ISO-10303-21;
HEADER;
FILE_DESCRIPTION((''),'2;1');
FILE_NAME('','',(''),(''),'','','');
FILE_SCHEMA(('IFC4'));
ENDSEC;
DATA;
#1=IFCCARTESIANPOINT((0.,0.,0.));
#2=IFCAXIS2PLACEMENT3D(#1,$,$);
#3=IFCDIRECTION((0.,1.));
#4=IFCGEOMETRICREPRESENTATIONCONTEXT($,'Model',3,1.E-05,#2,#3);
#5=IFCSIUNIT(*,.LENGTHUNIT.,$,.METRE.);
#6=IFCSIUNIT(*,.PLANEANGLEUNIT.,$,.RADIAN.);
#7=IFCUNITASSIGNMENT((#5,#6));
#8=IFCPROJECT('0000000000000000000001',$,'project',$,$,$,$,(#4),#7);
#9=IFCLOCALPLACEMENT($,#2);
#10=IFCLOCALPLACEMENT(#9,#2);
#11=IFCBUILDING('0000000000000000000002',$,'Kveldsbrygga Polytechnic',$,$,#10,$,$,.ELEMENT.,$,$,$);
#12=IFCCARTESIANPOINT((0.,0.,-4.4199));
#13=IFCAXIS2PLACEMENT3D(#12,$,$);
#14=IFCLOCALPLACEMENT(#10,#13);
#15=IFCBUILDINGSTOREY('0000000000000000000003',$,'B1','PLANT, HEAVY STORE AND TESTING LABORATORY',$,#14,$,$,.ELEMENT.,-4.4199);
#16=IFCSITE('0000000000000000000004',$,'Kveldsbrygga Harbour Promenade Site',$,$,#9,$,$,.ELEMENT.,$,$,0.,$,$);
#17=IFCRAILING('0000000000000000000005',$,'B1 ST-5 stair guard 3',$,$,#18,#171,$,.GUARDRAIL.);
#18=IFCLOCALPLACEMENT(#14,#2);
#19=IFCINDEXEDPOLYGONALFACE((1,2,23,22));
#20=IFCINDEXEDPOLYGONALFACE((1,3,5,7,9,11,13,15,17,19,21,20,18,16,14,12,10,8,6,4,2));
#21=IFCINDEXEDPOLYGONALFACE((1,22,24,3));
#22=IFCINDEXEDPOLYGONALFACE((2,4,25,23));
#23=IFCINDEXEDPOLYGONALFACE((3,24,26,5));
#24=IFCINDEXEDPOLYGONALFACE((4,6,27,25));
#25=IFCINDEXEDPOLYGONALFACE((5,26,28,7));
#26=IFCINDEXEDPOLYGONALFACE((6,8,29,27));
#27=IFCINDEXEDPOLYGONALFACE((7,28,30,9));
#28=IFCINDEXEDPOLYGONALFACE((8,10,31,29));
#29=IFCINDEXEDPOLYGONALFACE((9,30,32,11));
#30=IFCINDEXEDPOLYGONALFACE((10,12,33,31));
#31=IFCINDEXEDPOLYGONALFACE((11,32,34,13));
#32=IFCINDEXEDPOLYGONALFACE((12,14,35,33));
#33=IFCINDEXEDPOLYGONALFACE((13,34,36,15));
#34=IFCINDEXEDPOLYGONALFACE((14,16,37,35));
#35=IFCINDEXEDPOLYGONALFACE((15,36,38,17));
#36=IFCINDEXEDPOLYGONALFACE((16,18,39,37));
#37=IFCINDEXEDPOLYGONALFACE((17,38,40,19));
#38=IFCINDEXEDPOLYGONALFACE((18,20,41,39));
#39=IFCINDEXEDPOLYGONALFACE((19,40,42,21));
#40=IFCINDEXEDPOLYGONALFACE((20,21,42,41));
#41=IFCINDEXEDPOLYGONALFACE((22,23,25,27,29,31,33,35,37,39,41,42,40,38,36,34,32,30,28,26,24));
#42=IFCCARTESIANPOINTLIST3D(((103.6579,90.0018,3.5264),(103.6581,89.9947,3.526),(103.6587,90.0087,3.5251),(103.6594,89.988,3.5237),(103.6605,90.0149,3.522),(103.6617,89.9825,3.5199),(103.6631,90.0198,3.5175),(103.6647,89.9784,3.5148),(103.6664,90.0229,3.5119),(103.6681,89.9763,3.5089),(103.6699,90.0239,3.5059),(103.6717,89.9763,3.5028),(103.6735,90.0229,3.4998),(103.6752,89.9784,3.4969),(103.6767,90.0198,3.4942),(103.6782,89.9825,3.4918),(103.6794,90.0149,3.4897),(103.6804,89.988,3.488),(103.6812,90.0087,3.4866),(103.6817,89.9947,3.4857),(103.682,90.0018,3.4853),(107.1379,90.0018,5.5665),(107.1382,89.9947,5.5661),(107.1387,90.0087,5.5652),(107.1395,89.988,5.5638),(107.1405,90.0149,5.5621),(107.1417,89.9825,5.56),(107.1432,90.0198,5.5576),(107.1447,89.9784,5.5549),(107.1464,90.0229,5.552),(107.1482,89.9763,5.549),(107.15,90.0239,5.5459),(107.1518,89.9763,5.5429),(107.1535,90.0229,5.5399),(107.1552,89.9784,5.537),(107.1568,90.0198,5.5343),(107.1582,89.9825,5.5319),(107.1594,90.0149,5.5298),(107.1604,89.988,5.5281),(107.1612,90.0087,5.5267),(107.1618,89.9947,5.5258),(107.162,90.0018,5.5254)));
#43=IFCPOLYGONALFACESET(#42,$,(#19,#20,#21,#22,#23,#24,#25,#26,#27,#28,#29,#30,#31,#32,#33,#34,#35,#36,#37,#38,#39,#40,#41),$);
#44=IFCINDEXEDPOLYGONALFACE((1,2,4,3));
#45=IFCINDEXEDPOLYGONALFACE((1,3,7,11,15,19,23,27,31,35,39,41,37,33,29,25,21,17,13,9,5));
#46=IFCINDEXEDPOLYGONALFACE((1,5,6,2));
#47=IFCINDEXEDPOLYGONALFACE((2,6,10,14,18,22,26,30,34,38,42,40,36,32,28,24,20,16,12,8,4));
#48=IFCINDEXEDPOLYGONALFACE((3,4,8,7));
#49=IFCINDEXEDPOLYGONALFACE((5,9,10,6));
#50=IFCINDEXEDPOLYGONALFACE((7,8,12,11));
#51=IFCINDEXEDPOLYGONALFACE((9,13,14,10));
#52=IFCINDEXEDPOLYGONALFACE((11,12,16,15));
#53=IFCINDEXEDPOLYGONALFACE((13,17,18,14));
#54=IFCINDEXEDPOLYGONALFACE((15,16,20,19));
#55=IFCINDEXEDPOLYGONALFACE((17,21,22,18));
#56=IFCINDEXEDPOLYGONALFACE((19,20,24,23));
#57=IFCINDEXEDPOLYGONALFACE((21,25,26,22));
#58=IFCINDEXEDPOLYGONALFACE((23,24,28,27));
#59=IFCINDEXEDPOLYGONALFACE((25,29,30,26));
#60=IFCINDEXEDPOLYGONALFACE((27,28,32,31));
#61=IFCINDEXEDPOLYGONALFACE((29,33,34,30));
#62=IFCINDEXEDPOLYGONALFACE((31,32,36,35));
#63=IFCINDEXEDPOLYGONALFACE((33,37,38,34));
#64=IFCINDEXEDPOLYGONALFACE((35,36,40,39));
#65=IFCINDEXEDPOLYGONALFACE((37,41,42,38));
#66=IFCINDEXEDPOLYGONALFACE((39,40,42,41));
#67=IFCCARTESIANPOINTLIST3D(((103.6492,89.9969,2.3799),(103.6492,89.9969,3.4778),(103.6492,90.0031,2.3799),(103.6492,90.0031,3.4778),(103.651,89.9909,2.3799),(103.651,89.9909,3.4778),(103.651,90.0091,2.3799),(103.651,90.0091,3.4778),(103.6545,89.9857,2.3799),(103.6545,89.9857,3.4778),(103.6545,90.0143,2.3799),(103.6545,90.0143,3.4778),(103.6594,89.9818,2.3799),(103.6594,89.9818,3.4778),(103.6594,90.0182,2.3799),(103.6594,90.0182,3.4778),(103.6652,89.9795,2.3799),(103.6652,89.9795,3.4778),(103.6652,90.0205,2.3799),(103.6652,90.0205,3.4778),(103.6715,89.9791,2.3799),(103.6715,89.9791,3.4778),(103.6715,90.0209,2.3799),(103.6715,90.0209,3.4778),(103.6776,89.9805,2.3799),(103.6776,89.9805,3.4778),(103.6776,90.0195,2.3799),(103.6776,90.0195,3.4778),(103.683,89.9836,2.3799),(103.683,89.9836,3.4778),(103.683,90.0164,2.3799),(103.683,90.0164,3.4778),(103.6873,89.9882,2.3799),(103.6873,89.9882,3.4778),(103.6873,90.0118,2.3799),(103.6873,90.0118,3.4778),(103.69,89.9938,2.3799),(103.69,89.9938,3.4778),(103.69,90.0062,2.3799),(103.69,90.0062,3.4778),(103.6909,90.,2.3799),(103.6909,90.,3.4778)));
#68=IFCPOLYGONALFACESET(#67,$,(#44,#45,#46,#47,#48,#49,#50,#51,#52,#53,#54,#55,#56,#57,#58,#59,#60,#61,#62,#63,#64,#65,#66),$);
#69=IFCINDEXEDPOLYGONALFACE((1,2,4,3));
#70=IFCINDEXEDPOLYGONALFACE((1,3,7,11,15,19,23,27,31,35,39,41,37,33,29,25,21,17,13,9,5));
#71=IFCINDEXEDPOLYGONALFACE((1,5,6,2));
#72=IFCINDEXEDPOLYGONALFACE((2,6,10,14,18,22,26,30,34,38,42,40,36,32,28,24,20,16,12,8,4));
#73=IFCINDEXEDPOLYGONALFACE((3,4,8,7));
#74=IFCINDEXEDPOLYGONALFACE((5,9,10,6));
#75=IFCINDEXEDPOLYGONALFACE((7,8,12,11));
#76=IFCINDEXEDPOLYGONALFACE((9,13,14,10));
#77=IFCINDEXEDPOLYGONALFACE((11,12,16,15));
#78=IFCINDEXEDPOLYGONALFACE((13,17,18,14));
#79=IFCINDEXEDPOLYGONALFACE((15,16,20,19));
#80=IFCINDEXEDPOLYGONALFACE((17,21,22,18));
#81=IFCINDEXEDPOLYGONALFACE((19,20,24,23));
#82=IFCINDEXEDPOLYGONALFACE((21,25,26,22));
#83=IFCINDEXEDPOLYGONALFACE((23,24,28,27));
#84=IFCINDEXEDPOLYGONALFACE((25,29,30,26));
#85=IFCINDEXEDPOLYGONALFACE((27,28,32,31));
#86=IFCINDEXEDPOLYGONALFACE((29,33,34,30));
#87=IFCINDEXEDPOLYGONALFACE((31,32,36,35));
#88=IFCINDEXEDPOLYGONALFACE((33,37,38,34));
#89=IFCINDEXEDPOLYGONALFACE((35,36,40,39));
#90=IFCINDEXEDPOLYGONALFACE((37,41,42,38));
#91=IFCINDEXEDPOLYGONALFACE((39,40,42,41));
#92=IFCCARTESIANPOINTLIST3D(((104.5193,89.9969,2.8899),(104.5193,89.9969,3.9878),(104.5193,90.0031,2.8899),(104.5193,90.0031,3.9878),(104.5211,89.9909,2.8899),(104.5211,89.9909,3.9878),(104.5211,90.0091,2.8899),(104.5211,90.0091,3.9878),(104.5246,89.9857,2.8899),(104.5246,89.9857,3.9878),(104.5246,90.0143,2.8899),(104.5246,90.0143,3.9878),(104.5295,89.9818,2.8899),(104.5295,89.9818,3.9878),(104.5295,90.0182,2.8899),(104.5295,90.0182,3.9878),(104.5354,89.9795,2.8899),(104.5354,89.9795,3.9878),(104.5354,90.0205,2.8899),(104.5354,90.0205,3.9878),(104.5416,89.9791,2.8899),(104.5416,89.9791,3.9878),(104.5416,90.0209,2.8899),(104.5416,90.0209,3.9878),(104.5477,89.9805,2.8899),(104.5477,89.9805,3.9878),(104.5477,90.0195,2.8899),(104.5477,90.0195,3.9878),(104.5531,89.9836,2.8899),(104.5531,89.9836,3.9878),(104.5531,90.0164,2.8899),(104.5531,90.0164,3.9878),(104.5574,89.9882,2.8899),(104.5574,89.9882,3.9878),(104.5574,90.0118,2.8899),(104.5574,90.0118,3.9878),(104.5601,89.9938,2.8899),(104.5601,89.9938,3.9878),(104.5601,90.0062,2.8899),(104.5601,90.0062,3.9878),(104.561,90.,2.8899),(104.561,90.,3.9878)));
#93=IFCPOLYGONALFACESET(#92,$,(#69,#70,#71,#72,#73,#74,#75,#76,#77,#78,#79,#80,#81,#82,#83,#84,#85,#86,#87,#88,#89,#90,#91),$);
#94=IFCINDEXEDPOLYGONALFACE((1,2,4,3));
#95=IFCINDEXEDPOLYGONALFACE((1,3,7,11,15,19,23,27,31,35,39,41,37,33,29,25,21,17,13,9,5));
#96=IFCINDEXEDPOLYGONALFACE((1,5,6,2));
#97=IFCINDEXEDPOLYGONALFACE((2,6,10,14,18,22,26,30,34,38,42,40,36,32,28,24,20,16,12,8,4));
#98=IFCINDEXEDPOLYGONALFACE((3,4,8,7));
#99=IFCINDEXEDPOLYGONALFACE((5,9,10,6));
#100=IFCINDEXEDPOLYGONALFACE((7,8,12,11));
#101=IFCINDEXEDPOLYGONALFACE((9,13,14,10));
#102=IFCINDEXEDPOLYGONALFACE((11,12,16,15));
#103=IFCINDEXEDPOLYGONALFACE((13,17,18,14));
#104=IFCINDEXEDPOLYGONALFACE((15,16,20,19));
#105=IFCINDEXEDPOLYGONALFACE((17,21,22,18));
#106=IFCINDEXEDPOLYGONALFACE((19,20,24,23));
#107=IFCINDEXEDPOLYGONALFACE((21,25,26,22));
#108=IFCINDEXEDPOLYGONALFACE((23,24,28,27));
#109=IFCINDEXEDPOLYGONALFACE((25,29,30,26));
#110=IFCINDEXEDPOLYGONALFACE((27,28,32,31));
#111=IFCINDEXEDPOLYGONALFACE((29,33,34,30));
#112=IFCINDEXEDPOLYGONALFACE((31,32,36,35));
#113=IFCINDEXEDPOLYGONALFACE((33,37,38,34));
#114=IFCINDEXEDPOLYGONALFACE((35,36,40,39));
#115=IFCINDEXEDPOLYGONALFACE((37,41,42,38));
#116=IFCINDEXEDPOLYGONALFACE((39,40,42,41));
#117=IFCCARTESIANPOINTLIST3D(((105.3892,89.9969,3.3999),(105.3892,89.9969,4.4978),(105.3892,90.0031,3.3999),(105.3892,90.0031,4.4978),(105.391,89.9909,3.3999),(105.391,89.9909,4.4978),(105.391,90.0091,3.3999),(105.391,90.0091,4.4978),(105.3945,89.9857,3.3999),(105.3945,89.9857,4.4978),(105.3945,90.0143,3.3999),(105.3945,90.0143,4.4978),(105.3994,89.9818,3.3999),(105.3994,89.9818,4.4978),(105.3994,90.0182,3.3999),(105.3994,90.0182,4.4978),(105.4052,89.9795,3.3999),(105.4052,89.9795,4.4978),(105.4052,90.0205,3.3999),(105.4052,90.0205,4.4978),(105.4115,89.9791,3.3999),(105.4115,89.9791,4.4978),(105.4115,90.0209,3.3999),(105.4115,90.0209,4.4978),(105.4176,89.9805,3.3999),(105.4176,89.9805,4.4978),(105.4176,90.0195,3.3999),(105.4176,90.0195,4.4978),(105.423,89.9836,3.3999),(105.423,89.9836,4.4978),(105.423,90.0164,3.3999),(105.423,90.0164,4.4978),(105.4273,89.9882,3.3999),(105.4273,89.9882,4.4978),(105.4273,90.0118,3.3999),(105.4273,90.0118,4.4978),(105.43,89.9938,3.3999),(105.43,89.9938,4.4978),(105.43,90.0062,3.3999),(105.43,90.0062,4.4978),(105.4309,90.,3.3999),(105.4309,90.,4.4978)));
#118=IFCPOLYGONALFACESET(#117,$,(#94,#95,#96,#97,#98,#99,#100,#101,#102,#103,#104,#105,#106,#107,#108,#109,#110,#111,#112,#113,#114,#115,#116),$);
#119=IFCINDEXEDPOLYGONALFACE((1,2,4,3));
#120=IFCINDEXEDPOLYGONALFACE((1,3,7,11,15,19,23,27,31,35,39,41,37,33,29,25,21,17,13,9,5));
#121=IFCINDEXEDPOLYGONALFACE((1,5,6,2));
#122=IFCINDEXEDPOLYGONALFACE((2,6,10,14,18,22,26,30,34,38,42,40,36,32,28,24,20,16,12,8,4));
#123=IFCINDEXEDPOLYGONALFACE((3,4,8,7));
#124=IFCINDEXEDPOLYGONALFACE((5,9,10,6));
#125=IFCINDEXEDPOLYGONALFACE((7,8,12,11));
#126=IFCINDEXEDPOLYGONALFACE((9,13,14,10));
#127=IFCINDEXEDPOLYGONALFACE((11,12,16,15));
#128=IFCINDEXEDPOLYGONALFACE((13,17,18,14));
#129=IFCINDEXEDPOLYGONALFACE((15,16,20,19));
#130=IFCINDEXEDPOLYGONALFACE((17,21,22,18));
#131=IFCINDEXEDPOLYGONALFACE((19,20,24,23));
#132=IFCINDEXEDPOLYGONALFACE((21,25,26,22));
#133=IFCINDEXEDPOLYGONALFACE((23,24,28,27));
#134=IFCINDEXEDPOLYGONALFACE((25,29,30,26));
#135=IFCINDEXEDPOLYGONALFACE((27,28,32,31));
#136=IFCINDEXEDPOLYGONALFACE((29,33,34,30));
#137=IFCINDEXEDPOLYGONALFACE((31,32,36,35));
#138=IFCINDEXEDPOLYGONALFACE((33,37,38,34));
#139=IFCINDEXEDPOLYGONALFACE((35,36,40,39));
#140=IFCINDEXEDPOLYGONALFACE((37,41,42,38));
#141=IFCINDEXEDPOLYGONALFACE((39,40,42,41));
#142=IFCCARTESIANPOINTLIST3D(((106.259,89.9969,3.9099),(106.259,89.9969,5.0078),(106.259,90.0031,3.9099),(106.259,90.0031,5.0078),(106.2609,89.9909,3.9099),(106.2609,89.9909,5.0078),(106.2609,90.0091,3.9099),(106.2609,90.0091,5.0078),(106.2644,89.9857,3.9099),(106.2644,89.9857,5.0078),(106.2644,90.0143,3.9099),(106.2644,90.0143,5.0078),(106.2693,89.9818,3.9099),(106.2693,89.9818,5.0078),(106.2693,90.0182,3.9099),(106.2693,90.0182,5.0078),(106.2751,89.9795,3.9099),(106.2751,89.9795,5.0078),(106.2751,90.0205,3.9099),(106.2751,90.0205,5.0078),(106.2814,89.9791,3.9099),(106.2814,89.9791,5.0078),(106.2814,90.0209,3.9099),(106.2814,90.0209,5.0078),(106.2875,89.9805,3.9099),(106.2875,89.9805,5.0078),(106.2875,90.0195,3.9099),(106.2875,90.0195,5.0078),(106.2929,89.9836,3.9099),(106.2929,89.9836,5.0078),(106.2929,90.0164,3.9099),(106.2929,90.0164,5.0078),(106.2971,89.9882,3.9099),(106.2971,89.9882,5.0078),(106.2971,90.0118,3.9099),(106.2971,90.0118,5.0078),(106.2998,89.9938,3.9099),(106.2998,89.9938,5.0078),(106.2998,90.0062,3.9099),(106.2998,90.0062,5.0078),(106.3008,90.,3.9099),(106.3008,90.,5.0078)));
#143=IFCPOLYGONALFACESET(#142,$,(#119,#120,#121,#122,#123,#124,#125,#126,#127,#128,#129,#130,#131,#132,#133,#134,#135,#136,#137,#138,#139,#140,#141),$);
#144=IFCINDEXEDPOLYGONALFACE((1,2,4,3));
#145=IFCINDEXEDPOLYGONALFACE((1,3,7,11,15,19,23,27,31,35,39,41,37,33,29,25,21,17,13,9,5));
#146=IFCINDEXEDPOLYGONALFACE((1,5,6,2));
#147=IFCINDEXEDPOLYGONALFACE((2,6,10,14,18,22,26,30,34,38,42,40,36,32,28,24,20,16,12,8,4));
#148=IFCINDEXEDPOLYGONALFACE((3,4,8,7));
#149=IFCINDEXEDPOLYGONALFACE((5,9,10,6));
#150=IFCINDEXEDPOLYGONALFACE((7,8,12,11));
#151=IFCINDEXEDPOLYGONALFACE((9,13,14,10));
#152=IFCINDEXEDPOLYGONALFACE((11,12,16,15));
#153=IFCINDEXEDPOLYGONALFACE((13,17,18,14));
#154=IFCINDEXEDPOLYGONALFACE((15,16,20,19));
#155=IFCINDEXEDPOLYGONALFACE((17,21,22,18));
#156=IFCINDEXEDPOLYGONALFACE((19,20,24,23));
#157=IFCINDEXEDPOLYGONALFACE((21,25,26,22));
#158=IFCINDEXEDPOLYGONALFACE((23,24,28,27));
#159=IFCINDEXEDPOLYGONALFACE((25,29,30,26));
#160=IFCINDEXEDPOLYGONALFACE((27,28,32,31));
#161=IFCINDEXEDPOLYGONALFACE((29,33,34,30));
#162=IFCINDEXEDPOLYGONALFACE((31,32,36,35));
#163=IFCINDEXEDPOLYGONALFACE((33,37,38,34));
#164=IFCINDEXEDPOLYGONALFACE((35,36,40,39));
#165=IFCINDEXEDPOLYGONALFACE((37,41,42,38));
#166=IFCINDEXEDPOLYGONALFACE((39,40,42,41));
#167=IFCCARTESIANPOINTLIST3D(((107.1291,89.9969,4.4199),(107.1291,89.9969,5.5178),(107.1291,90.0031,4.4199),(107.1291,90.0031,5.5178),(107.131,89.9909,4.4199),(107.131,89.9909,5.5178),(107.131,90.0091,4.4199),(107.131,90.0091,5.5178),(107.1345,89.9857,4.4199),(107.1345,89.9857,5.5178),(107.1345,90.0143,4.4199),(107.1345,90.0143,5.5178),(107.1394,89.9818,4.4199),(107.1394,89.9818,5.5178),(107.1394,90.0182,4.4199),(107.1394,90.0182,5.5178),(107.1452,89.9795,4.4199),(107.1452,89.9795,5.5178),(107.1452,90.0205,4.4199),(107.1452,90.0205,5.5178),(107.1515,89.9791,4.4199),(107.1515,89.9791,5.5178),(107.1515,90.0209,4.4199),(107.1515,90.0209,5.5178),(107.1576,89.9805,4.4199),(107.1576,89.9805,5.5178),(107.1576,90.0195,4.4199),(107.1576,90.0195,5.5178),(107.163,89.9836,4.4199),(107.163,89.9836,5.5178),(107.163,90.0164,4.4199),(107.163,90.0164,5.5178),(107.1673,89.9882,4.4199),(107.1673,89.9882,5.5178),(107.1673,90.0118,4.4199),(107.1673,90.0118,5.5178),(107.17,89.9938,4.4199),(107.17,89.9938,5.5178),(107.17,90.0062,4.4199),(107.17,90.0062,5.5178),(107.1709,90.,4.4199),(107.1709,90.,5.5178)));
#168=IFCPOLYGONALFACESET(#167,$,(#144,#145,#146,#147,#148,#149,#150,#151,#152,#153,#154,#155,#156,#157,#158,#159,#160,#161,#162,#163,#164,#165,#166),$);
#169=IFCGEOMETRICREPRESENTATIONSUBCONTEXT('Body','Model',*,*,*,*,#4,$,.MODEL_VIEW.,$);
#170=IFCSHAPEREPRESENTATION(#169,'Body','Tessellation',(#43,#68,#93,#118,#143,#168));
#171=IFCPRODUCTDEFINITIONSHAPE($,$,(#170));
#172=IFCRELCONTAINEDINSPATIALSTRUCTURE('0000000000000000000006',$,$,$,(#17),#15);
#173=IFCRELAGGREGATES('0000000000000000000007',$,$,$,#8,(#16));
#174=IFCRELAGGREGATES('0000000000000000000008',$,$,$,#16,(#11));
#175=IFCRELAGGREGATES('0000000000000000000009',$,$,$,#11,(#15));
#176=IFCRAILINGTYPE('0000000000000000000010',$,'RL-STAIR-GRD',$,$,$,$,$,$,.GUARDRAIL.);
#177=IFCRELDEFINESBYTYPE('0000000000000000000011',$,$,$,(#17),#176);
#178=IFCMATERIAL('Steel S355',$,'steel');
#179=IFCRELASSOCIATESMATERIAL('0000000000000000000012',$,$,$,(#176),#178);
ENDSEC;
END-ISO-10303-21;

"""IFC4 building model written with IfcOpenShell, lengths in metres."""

from ifc_helpers import new_model, si_unit, direction, frame, origin, origin_2d, place, context, subcontext, project, spatial, circle, extrude, material, type_object, element, save


model = new_model("IFC4")

# Units and contexts
model_context = context("Model", 3, precision=1e-05, world=origin(), true_north=direction((0.0, 1.0)))
body_context = subcontext(model_context, "Body", "Model", "MODEL_VIEW")
ifc_project = project(units=[si_unit("LENGTHUNIT", "METRE"), si_unit("PLANEANGLEUNIT", "RADIAN")], contexts=[model_context])

# Site, building, storey
site_placement = place(None, origin())
site = spatial("IfcSite", under=ifc_project, at=site_placement, Name="Kveldsbrygga Harbour Promenade Site", CompositionType="ELEMENT", RefElevation=0.0)
building_placement = place(site_placement, origin())
building = spatial("IfcBuilding", under=site, at=building_placement, Name="Kveldsbrygga Polytechnic", CompositionType="ELEMENT")
storey_placement = place(building_placement, frame((0.0, 0.0, -4.4199)))
storey = spatial("IfcBuildingStorey", under=building, at=storey_placement, Name="B1", Description="PLANT, HEAVY STORE AND TESTING LABORATORY", CompositionType="ELEMENT", Elevation=-4.4199)

# Shared definitions
ifc_material_1 = material(Name="Steel S355", Category="steel")

# Railing
railing_type_1 = type_object("IfcRailingType", Name="RL-STAIR-GRD", PredefinedType="GUARDRAIL", material=ifc_material_1)
railing_1_placement = place(storey_placement, frame((103.6699, 90.0, 2.3799)))
element("IfcRailing", 1, at=railing_1_placement, inside=storey, type_object=railing_type_1, Name="B1 ST-5 stair guard 3", PredefinedType="GUARDRAIL", context=body_context, shape_type="SweptSolid", body=[
    extrude(circle(Radius=0.0239, at=origin_2d()), frame((0.0, 0.0, 1.126), z_axis=(0.862693, 0.0, 0.505729), x_axis=(0.0, 1.0, 0.0)), (0.0, 0.0, 1.0), 4.0339),
    extrude(circle(Radius=0.021, at=origin_2d()), origin(), (0.0, 0.0, 1.0), 1.0979),
    extrude(circle(Radius=0.021, at=origin_2d()), frame((0.8701, 0.0, 0.51)), (0.0, 0.0, 1.0), 1.0979),
    extrude(circle(Radius=0.021, at=origin_2d()), frame((1.74, 0.0, 1.02)), (0.0, 0.0, 1.0), 1.0979),
    extrude(circle(Radius=0.021, at=origin_2d()), frame((2.6099, 0.0, 1.53)), (0.0, 0.0, 1.0), 1.0979),
    extrude(circle(Radius=0.021, at=origin_2d()), frame((3.48, 0.0, 2.04)), (0.0, 0.0, 1.0), 1.0979),
])

save(model, "model.ifc")
